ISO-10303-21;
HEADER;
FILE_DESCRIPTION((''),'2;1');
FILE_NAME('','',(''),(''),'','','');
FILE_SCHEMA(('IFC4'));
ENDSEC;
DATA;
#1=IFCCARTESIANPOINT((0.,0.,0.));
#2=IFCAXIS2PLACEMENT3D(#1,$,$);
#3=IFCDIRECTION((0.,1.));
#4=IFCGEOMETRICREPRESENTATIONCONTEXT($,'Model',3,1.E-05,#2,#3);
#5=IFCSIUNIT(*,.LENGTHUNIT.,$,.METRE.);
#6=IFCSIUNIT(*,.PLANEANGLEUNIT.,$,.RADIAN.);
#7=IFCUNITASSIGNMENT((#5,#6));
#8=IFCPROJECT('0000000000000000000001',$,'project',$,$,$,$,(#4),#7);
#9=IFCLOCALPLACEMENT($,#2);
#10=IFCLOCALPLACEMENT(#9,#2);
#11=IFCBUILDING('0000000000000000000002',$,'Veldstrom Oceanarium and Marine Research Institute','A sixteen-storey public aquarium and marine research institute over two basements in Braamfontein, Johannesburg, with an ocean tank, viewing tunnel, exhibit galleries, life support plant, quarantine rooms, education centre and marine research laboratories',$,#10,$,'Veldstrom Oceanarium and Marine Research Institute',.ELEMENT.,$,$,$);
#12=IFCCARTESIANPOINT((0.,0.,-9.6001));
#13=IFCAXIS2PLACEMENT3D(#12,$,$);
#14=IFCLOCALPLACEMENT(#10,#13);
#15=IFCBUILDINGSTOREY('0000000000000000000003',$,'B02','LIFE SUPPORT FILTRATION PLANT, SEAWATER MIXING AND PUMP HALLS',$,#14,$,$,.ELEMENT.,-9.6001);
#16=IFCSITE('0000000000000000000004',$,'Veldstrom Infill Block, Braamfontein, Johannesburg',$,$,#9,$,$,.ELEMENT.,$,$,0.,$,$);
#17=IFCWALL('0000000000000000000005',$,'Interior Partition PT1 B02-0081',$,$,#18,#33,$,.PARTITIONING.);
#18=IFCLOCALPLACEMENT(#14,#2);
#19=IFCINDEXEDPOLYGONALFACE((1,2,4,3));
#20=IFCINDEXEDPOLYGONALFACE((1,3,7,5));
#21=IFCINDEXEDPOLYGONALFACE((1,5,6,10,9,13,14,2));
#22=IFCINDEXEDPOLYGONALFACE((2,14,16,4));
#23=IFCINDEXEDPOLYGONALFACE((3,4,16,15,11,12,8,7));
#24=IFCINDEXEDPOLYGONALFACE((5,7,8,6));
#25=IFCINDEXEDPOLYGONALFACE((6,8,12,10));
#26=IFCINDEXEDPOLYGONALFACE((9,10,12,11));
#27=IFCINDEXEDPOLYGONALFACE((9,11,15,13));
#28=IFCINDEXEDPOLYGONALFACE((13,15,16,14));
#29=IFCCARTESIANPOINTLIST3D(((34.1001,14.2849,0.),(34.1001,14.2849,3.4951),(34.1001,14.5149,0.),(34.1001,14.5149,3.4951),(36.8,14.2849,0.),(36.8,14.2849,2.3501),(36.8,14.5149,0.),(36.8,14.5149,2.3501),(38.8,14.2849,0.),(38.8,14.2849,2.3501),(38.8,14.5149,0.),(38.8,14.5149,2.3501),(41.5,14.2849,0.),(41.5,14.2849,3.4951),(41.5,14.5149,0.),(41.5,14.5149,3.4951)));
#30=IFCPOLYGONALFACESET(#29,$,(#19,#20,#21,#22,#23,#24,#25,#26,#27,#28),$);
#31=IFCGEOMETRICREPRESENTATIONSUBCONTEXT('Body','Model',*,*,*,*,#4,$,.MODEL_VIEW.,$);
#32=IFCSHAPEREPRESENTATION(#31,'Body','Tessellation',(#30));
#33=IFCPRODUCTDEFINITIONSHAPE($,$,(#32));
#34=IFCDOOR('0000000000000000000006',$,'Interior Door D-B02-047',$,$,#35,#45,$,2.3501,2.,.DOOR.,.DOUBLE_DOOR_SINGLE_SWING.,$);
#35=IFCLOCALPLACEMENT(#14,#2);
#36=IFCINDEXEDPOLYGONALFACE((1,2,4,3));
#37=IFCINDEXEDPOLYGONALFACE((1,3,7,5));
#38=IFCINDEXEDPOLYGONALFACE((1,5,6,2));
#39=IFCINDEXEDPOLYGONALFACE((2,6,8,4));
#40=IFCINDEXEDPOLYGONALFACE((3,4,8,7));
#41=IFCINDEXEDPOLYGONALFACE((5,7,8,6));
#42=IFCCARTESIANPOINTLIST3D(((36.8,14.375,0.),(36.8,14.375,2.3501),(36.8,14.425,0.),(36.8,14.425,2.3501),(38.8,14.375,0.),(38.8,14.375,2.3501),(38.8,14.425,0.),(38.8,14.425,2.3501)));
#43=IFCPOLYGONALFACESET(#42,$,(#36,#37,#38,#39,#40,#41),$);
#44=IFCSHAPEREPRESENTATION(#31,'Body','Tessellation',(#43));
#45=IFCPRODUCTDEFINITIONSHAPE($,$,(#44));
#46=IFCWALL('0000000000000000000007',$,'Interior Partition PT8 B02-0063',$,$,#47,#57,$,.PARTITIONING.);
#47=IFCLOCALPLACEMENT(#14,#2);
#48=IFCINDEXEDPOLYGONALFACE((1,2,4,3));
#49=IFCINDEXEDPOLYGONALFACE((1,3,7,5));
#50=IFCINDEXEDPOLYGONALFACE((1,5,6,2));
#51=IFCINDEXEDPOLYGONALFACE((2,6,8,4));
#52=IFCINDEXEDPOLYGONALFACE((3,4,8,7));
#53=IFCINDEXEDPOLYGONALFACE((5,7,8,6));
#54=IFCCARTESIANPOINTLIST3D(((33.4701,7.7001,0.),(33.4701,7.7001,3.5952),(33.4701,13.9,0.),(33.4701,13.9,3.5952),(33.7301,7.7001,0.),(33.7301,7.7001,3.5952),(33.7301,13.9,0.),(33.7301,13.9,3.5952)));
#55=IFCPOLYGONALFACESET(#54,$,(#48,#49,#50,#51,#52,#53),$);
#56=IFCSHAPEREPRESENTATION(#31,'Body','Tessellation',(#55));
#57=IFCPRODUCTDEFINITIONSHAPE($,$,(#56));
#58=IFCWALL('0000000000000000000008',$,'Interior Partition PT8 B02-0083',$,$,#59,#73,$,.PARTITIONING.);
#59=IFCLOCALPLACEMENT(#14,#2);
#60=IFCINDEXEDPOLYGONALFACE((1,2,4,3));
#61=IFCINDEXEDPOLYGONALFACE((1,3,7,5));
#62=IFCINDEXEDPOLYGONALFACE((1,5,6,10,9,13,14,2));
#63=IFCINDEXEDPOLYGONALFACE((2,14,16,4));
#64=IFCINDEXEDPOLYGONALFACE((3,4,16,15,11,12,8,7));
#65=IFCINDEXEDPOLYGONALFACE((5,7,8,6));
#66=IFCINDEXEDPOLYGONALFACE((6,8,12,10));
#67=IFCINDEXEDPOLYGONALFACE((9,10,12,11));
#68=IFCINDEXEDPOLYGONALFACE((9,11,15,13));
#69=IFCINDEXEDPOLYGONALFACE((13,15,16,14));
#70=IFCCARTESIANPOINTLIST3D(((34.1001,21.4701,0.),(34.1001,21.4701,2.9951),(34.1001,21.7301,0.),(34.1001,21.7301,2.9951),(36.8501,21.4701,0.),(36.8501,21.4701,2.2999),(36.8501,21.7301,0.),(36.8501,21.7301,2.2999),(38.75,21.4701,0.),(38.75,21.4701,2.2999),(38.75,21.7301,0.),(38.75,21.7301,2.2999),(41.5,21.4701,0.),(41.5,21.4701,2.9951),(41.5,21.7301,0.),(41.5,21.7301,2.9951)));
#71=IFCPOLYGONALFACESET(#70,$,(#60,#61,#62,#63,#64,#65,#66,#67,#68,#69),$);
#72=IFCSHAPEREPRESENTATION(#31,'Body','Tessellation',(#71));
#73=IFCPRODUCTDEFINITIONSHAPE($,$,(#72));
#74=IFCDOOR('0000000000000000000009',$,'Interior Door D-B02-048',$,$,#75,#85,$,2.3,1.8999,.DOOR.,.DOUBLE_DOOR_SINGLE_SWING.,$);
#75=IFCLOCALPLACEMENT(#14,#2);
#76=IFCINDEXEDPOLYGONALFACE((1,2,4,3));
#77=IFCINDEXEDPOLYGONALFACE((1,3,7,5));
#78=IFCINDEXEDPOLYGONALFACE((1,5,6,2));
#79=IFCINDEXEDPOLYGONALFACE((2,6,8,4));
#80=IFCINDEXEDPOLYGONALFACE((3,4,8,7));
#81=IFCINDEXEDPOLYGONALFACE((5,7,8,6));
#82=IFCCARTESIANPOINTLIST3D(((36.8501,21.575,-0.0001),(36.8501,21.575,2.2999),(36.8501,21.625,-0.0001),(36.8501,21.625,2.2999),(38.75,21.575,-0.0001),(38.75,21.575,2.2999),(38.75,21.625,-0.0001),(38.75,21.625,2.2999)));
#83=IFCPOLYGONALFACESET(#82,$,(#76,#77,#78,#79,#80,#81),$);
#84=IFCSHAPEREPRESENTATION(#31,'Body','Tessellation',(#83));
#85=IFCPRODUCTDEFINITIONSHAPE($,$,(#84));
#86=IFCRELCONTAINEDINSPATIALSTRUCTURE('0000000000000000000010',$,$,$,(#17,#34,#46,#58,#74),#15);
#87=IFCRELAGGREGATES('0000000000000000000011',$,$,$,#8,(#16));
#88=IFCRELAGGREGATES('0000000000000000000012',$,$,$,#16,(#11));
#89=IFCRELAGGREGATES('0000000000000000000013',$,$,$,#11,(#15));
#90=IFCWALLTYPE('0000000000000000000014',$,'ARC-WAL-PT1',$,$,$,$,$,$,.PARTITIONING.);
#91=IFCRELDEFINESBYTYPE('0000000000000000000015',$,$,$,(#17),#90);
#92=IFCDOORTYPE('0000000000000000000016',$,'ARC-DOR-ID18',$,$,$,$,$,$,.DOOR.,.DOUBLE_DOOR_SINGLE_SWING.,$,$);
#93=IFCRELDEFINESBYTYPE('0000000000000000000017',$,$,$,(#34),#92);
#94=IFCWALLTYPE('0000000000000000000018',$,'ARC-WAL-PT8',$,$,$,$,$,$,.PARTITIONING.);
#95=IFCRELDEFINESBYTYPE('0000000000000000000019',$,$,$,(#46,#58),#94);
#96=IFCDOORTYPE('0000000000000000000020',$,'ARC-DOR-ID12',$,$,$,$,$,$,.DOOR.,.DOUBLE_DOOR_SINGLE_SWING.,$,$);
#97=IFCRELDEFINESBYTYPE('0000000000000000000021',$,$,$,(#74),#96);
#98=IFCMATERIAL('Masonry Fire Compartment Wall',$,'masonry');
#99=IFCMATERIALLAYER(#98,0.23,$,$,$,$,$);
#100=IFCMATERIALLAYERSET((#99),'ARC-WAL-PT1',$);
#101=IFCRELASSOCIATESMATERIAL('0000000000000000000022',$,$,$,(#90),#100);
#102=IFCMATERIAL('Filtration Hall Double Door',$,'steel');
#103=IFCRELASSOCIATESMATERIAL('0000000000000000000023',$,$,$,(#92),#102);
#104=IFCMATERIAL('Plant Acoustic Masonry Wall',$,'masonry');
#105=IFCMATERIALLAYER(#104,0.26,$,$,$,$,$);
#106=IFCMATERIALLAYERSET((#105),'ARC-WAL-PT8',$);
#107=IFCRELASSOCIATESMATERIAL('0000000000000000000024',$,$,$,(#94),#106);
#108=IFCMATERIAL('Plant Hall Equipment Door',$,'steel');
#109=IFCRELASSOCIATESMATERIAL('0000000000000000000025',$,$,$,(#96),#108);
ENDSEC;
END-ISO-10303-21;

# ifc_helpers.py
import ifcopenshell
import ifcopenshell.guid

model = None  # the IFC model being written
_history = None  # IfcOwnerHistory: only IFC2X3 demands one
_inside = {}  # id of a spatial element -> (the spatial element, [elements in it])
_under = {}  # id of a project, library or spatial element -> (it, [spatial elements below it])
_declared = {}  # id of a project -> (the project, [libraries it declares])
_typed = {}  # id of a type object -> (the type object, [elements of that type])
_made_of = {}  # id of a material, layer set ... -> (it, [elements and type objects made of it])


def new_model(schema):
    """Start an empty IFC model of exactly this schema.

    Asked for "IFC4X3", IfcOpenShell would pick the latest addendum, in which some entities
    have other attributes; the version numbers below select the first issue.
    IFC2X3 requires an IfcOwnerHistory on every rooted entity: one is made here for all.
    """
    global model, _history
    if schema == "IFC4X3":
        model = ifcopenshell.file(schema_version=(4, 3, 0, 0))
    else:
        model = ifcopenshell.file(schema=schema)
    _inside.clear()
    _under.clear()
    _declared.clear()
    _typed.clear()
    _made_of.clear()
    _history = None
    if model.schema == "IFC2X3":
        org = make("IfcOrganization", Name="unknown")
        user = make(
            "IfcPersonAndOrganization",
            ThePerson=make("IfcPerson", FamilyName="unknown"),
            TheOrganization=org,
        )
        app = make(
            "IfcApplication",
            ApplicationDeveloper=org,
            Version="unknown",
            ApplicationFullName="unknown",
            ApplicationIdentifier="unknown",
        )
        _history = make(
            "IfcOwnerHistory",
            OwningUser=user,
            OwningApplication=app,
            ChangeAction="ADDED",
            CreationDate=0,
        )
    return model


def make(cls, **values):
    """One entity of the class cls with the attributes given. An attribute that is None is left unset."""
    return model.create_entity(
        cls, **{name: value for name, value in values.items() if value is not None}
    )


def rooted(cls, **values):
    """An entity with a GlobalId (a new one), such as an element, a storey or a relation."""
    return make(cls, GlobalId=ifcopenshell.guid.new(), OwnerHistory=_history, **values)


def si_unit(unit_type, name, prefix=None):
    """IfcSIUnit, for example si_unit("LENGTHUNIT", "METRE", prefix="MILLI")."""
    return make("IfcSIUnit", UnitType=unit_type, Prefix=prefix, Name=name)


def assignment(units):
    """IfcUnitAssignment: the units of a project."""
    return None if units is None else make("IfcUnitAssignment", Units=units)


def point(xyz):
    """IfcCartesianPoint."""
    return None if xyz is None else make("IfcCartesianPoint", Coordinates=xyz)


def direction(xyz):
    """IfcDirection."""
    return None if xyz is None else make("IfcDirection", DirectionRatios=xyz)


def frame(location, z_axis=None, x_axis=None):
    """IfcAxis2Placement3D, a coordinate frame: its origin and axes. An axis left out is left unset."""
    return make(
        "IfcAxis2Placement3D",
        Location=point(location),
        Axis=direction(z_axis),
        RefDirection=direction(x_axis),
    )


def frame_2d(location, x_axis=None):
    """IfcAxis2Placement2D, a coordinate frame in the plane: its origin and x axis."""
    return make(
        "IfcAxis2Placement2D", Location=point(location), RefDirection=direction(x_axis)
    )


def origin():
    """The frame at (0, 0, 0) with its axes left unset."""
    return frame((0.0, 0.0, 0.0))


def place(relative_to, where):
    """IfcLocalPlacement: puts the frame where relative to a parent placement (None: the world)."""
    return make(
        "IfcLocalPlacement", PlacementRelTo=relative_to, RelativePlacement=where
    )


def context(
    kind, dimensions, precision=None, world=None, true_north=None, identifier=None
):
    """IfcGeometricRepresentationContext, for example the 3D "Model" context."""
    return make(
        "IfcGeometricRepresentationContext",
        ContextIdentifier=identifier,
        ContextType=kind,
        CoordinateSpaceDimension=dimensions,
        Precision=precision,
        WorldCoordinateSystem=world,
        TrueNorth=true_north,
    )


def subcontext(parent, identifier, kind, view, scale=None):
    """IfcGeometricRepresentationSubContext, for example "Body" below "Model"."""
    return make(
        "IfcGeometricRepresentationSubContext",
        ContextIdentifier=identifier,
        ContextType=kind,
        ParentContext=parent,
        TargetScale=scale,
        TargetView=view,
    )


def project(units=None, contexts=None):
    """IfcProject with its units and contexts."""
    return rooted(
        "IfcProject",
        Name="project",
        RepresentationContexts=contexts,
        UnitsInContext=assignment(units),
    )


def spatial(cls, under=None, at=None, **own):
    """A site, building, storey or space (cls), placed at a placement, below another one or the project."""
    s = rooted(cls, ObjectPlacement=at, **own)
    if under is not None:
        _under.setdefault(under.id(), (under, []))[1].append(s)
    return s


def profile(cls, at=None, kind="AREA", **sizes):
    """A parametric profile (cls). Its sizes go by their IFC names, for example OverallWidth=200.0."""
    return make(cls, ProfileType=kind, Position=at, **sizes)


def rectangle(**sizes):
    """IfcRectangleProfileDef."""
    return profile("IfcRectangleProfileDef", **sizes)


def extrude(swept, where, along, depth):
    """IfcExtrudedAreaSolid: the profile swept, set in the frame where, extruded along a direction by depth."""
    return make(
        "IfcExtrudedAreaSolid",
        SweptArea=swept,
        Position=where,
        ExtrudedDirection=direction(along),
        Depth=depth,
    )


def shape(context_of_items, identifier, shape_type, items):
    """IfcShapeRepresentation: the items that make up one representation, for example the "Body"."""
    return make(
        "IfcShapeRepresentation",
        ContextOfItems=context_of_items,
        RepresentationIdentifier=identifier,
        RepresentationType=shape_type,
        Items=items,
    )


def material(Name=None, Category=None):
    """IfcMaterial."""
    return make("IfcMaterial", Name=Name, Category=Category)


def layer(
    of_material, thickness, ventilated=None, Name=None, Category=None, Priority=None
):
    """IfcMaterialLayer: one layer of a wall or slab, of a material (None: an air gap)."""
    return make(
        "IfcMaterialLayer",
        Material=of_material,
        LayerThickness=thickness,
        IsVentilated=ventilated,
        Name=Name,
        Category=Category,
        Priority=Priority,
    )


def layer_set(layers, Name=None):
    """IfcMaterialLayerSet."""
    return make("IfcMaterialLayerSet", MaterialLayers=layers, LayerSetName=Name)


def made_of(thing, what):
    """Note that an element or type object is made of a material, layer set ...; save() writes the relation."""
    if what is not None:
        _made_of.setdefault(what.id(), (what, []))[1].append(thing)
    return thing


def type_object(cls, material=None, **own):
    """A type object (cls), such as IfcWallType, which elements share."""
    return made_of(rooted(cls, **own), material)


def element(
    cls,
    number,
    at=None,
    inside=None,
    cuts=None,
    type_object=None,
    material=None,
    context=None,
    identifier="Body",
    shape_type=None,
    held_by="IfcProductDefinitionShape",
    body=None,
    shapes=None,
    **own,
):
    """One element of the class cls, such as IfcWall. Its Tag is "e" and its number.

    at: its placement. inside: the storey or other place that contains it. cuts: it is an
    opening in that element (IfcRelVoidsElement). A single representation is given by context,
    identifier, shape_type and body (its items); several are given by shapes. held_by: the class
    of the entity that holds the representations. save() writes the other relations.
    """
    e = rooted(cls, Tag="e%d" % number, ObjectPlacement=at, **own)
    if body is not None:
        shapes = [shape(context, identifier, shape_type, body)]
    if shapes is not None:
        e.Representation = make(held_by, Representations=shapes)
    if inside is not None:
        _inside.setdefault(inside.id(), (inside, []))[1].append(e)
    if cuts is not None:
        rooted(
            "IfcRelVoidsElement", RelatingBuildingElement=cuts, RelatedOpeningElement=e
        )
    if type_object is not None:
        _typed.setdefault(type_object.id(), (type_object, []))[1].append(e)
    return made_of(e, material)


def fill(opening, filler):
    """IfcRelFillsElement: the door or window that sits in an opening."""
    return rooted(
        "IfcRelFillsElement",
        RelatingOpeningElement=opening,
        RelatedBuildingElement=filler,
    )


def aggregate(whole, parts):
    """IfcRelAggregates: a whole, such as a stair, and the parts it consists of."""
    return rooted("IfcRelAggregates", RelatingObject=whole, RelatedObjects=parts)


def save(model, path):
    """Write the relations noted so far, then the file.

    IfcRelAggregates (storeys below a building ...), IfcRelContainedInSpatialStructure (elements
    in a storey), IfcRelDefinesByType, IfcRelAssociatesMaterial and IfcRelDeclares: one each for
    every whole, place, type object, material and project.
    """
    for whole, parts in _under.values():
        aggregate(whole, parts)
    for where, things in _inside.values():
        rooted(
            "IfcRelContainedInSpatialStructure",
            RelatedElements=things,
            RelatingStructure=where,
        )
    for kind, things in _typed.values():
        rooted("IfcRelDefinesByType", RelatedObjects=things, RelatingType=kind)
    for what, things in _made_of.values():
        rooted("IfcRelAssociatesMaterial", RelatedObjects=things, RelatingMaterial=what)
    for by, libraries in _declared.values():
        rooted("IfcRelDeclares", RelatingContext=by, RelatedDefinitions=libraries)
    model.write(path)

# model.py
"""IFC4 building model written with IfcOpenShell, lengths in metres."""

from ifc_helpers import new_model, si_unit, direction, frame, frame_2d, origin, place, context, subcontext, project, spatial, rectangle, extrude, material, layer, layer_set, type_object, element, fill, save


model = new_model("IFC4")

# Units and contexts
model_context = context("Model", 3, precision=1e-05, world=origin(), true_north=direction((0.0, 1.0)))
body_context = subcontext(model_context, "Body", "Model", "MODEL_VIEW")
ifc_project = project(units=[si_unit("LENGTHUNIT", "METRE"), si_unit("PLANEANGLEUNIT", "RADIAN")], contexts=[model_context])

# Site, building, storey
site_placement = place(None, origin())
site = spatial("IfcSite", under=ifc_project, at=site_placement, Name="Veldstrom Infill Block, Braamfontein, Johannesburg", CompositionType="ELEMENT", RefElevation=0.0)
building_placement = place(site_placement, origin())
building = spatial("IfcBuilding", under=site, at=building_placement, Name="Veldstrom Oceanarium and Marine Research Institute", Description="A sixteen-storey public aquarium and marine research institute over two basements in Braamfontein, Johannesburg, with an ocean tank, viewing tunnel, exhibit galleries, life support plant, quarantine rooms, education centre and marine research laboratories", LongName="Veldstrom Oceanarium and Marine Research Institute", CompositionType="ELEMENT")
storey_placement = place(building_placement, frame((0.0, 0.0, -9.6001)))
storey = spatial("IfcBuildingStorey", under=building, at=storey_placement, Name="B02", Description="LIFE SUPPORT FILTRATION PLANT, SEAWATER MIXING AND PUMP HALLS", CompositionType="ELEMENT", Elevation=-9.6001)

# Shared definitions
ifc_material_1 = material(Name="Masonry Fire Compartment Wall", Category="masonry")
ifc_layer_1 = layer(ifc_material_1, 0.23)
ifc_layer_set_1 = layer_set([ifc_layer_1], Name="ARC-WAL-PT1")
wall_type_1 = type_object("IfcWallType", Name="ARC-WAL-PT1", PredefinedType="PARTITIONING", material=ifc_layer_set_1)

# Wall, opening, door
wall_1_placement = place(storey_placement, frame((34.1001, 14.3999, 0.0), z_axis=(0.0, 0.0, 1.0), x_axis=(1.0, 0.0, 0.0)))
wall_1 = element("IfcWall", 1, at=wall_1_placement, inside=storey, type_object=wall_type_1, Name="Interior Partition PT1 B02-0081", PredefinedType="PARTITIONING", context=body_context, shape_type="SweptSolid", body=[
    extrude(rectangle(XDim=7.3999, YDim=0.23, at=frame_2d((3.7, 0.0))), origin(), (0.0, 0.0, 1.0), 3.4951),
])
opening_1_placement = place(wall_1_placement, frame((2.7, 0.0, 0.0)))
opening_1 = element("IfcOpeningElement", 2, at=opening_1_placement, cuts=wall_1, PredefinedType="OPENING", context=body_context, shape_type="SweptSolid", body=[
    extrude(rectangle(XDim=2.0, YDim=2.3501, at=frame_2d((1.0, 1.175))), frame((0.0, 0.125, 0.0), z_axis=(0.0, -1.0, 0.0), x_axis=(1.0, 0.0, 0.0)), (0.0, 0.0, 1.0), 0.25),
])
ifc_material_2 = material(Name="Filtration Hall Double Door", Category="steel")
door_type_1 = type_object("IfcDoorType", Name="ARC-DOR-ID18", OperationType="DOUBLE_DOOR_SINGLE_SWING", PredefinedType="DOOR", material=ifc_material_2)
door_1_placement = place(opening_1_placement, frame((2.0, 0.0, 0.0), z_axis=(0.0, 0.0, 1.0), x_axis=(-1.0, 0.0, 0.0)))
door_1 = element("IfcDoor", 3, at=door_1_placement, inside=storey, type_object=door_type_1, Name="Interior Door D-B02-047", OperationType="DOUBLE_DOOR_SINGLE_SWING", OverallHeight=2.3501, OverallWidth=2.0, PredefinedType="DOOR", context=body_context, shape_type="SweptSolid", body=[
    extrude(rectangle(XDim=2.0, YDim=2.3501, at=frame_2d((1.0, 1.175))), frame((0.0, 0.0249, 0.0), z_axis=(0.0, -1.0, 0.0), x_axis=(1.0, 0.0, 0.0)), (0.0, 0.0, 1.0), 0.05),
])
fill(opening_1, door_1)

# Wall
ifc_material_3 = material(Name="Plant Acoustic Masonry Wall", Category="masonry")
ifc_layer_2 = layer(ifc_material_3, 0.26)
ifc_layer_set_2 = layer_set([ifc_layer_2], Name="ARC-WAL-PT8")
wall_type_2 = type_object("IfcWallType", Name="ARC-WAL-PT8", PredefinedType="PARTITIONING", material=ifc_layer_set_2)
wall_2_placement = place(storey_placement, frame((33.6001, 7.7, 0.0), z_axis=(0.0, 0.0, 1.0), x_axis=(0.0, 1.0, 0.0)))
element("IfcWall", 4, at=wall_2_placement, inside=storey, type_object=wall_type_2, Name="Interior Partition PT8 B02-0063", PredefinedType="PARTITIONING", context=body_context, shape_type="SweptSolid", body=[
    extrude(rectangle(XDim=6.2, YDim=0.26, at=frame_2d((3.1001, 0.0))), origin(), (0.0, 0.0, 1.0), 3.5952),
])

# Wall, opening, door
wall_3_placement = place(storey_placement, frame((34.1001, 21.6001, 0.0), z_axis=(0.0, 0.0, 1.0), x_axis=(1.0, 0.0, 0.0)))
wall_3 = element("IfcWall", 5, at=wall_3_placement, inside=storey, type_object=wall_type_2, Name="Interior Partition PT8 B02-0083", PredefinedType="PARTITIONING", context=body_context, shape_type="SweptSolid", body=[
    extrude(rectangle(XDim=7.3999, YDim=0.26, at=frame_2d((3.7, 0.0))), origin(), (0.0, 0.0, 1.0), 2.9951),
])
opening_2_placement = place(wall_3_placement, frame((2.75, 0.0, 0.0)))
opening_2 = element("IfcOpeningElement", 6, at=opening_2_placement, cuts=wall_3, PredefinedType="OPENING", context=body_context, shape_type="SweptSolid", body=[
    extrude(rectangle(XDim=1.8999, YDim=2.3, at=frame_2d((0.95, 1.1499))), frame((0.0, 0.1399, 0.0), z_axis=(0.0, -1.0, 0.0), x_axis=(1.0, 0.0, 0.0)), (0.0, 0.0, 1.0), 0.28),
])
ifc_material_4 = material(Name="Plant Hall Equipment Door", Category="steel")
door_type_2 = type_object("IfcDoorType", Name="ARC-DOR-ID12", OperationType="DOUBLE_DOOR_SINGLE_SWING", PredefinedType="DOOR", material=ifc_material_4)
door_2_placement = place(opening_2_placement, origin())
door_2 = element("IfcDoor", 7, at=door_2_placement, inside=storey, type_object=door_type_2, Name="Interior Door D-B02-048", OperationType="DOUBLE_DOOR_SINGLE_SWING", OverallHeight=2.3, OverallWidth=1.8999, PredefinedType="DOOR", context=body_context, shape_type="SweptSolid", body=[
    extrude(rectangle(XDim=1.8999, YDim=2.3, at=frame_2d((0.95, 1.1499))), frame((0.0, 0.0249, 0.0), z_axis=(0.0, -1.0, 0.0), x_axis=(1.0, 0.0, 0.0)), (0.0, 0.0, 1.0), 0.05),
])
fill(opening_2, door_2)

save(model, "model.ifc")
